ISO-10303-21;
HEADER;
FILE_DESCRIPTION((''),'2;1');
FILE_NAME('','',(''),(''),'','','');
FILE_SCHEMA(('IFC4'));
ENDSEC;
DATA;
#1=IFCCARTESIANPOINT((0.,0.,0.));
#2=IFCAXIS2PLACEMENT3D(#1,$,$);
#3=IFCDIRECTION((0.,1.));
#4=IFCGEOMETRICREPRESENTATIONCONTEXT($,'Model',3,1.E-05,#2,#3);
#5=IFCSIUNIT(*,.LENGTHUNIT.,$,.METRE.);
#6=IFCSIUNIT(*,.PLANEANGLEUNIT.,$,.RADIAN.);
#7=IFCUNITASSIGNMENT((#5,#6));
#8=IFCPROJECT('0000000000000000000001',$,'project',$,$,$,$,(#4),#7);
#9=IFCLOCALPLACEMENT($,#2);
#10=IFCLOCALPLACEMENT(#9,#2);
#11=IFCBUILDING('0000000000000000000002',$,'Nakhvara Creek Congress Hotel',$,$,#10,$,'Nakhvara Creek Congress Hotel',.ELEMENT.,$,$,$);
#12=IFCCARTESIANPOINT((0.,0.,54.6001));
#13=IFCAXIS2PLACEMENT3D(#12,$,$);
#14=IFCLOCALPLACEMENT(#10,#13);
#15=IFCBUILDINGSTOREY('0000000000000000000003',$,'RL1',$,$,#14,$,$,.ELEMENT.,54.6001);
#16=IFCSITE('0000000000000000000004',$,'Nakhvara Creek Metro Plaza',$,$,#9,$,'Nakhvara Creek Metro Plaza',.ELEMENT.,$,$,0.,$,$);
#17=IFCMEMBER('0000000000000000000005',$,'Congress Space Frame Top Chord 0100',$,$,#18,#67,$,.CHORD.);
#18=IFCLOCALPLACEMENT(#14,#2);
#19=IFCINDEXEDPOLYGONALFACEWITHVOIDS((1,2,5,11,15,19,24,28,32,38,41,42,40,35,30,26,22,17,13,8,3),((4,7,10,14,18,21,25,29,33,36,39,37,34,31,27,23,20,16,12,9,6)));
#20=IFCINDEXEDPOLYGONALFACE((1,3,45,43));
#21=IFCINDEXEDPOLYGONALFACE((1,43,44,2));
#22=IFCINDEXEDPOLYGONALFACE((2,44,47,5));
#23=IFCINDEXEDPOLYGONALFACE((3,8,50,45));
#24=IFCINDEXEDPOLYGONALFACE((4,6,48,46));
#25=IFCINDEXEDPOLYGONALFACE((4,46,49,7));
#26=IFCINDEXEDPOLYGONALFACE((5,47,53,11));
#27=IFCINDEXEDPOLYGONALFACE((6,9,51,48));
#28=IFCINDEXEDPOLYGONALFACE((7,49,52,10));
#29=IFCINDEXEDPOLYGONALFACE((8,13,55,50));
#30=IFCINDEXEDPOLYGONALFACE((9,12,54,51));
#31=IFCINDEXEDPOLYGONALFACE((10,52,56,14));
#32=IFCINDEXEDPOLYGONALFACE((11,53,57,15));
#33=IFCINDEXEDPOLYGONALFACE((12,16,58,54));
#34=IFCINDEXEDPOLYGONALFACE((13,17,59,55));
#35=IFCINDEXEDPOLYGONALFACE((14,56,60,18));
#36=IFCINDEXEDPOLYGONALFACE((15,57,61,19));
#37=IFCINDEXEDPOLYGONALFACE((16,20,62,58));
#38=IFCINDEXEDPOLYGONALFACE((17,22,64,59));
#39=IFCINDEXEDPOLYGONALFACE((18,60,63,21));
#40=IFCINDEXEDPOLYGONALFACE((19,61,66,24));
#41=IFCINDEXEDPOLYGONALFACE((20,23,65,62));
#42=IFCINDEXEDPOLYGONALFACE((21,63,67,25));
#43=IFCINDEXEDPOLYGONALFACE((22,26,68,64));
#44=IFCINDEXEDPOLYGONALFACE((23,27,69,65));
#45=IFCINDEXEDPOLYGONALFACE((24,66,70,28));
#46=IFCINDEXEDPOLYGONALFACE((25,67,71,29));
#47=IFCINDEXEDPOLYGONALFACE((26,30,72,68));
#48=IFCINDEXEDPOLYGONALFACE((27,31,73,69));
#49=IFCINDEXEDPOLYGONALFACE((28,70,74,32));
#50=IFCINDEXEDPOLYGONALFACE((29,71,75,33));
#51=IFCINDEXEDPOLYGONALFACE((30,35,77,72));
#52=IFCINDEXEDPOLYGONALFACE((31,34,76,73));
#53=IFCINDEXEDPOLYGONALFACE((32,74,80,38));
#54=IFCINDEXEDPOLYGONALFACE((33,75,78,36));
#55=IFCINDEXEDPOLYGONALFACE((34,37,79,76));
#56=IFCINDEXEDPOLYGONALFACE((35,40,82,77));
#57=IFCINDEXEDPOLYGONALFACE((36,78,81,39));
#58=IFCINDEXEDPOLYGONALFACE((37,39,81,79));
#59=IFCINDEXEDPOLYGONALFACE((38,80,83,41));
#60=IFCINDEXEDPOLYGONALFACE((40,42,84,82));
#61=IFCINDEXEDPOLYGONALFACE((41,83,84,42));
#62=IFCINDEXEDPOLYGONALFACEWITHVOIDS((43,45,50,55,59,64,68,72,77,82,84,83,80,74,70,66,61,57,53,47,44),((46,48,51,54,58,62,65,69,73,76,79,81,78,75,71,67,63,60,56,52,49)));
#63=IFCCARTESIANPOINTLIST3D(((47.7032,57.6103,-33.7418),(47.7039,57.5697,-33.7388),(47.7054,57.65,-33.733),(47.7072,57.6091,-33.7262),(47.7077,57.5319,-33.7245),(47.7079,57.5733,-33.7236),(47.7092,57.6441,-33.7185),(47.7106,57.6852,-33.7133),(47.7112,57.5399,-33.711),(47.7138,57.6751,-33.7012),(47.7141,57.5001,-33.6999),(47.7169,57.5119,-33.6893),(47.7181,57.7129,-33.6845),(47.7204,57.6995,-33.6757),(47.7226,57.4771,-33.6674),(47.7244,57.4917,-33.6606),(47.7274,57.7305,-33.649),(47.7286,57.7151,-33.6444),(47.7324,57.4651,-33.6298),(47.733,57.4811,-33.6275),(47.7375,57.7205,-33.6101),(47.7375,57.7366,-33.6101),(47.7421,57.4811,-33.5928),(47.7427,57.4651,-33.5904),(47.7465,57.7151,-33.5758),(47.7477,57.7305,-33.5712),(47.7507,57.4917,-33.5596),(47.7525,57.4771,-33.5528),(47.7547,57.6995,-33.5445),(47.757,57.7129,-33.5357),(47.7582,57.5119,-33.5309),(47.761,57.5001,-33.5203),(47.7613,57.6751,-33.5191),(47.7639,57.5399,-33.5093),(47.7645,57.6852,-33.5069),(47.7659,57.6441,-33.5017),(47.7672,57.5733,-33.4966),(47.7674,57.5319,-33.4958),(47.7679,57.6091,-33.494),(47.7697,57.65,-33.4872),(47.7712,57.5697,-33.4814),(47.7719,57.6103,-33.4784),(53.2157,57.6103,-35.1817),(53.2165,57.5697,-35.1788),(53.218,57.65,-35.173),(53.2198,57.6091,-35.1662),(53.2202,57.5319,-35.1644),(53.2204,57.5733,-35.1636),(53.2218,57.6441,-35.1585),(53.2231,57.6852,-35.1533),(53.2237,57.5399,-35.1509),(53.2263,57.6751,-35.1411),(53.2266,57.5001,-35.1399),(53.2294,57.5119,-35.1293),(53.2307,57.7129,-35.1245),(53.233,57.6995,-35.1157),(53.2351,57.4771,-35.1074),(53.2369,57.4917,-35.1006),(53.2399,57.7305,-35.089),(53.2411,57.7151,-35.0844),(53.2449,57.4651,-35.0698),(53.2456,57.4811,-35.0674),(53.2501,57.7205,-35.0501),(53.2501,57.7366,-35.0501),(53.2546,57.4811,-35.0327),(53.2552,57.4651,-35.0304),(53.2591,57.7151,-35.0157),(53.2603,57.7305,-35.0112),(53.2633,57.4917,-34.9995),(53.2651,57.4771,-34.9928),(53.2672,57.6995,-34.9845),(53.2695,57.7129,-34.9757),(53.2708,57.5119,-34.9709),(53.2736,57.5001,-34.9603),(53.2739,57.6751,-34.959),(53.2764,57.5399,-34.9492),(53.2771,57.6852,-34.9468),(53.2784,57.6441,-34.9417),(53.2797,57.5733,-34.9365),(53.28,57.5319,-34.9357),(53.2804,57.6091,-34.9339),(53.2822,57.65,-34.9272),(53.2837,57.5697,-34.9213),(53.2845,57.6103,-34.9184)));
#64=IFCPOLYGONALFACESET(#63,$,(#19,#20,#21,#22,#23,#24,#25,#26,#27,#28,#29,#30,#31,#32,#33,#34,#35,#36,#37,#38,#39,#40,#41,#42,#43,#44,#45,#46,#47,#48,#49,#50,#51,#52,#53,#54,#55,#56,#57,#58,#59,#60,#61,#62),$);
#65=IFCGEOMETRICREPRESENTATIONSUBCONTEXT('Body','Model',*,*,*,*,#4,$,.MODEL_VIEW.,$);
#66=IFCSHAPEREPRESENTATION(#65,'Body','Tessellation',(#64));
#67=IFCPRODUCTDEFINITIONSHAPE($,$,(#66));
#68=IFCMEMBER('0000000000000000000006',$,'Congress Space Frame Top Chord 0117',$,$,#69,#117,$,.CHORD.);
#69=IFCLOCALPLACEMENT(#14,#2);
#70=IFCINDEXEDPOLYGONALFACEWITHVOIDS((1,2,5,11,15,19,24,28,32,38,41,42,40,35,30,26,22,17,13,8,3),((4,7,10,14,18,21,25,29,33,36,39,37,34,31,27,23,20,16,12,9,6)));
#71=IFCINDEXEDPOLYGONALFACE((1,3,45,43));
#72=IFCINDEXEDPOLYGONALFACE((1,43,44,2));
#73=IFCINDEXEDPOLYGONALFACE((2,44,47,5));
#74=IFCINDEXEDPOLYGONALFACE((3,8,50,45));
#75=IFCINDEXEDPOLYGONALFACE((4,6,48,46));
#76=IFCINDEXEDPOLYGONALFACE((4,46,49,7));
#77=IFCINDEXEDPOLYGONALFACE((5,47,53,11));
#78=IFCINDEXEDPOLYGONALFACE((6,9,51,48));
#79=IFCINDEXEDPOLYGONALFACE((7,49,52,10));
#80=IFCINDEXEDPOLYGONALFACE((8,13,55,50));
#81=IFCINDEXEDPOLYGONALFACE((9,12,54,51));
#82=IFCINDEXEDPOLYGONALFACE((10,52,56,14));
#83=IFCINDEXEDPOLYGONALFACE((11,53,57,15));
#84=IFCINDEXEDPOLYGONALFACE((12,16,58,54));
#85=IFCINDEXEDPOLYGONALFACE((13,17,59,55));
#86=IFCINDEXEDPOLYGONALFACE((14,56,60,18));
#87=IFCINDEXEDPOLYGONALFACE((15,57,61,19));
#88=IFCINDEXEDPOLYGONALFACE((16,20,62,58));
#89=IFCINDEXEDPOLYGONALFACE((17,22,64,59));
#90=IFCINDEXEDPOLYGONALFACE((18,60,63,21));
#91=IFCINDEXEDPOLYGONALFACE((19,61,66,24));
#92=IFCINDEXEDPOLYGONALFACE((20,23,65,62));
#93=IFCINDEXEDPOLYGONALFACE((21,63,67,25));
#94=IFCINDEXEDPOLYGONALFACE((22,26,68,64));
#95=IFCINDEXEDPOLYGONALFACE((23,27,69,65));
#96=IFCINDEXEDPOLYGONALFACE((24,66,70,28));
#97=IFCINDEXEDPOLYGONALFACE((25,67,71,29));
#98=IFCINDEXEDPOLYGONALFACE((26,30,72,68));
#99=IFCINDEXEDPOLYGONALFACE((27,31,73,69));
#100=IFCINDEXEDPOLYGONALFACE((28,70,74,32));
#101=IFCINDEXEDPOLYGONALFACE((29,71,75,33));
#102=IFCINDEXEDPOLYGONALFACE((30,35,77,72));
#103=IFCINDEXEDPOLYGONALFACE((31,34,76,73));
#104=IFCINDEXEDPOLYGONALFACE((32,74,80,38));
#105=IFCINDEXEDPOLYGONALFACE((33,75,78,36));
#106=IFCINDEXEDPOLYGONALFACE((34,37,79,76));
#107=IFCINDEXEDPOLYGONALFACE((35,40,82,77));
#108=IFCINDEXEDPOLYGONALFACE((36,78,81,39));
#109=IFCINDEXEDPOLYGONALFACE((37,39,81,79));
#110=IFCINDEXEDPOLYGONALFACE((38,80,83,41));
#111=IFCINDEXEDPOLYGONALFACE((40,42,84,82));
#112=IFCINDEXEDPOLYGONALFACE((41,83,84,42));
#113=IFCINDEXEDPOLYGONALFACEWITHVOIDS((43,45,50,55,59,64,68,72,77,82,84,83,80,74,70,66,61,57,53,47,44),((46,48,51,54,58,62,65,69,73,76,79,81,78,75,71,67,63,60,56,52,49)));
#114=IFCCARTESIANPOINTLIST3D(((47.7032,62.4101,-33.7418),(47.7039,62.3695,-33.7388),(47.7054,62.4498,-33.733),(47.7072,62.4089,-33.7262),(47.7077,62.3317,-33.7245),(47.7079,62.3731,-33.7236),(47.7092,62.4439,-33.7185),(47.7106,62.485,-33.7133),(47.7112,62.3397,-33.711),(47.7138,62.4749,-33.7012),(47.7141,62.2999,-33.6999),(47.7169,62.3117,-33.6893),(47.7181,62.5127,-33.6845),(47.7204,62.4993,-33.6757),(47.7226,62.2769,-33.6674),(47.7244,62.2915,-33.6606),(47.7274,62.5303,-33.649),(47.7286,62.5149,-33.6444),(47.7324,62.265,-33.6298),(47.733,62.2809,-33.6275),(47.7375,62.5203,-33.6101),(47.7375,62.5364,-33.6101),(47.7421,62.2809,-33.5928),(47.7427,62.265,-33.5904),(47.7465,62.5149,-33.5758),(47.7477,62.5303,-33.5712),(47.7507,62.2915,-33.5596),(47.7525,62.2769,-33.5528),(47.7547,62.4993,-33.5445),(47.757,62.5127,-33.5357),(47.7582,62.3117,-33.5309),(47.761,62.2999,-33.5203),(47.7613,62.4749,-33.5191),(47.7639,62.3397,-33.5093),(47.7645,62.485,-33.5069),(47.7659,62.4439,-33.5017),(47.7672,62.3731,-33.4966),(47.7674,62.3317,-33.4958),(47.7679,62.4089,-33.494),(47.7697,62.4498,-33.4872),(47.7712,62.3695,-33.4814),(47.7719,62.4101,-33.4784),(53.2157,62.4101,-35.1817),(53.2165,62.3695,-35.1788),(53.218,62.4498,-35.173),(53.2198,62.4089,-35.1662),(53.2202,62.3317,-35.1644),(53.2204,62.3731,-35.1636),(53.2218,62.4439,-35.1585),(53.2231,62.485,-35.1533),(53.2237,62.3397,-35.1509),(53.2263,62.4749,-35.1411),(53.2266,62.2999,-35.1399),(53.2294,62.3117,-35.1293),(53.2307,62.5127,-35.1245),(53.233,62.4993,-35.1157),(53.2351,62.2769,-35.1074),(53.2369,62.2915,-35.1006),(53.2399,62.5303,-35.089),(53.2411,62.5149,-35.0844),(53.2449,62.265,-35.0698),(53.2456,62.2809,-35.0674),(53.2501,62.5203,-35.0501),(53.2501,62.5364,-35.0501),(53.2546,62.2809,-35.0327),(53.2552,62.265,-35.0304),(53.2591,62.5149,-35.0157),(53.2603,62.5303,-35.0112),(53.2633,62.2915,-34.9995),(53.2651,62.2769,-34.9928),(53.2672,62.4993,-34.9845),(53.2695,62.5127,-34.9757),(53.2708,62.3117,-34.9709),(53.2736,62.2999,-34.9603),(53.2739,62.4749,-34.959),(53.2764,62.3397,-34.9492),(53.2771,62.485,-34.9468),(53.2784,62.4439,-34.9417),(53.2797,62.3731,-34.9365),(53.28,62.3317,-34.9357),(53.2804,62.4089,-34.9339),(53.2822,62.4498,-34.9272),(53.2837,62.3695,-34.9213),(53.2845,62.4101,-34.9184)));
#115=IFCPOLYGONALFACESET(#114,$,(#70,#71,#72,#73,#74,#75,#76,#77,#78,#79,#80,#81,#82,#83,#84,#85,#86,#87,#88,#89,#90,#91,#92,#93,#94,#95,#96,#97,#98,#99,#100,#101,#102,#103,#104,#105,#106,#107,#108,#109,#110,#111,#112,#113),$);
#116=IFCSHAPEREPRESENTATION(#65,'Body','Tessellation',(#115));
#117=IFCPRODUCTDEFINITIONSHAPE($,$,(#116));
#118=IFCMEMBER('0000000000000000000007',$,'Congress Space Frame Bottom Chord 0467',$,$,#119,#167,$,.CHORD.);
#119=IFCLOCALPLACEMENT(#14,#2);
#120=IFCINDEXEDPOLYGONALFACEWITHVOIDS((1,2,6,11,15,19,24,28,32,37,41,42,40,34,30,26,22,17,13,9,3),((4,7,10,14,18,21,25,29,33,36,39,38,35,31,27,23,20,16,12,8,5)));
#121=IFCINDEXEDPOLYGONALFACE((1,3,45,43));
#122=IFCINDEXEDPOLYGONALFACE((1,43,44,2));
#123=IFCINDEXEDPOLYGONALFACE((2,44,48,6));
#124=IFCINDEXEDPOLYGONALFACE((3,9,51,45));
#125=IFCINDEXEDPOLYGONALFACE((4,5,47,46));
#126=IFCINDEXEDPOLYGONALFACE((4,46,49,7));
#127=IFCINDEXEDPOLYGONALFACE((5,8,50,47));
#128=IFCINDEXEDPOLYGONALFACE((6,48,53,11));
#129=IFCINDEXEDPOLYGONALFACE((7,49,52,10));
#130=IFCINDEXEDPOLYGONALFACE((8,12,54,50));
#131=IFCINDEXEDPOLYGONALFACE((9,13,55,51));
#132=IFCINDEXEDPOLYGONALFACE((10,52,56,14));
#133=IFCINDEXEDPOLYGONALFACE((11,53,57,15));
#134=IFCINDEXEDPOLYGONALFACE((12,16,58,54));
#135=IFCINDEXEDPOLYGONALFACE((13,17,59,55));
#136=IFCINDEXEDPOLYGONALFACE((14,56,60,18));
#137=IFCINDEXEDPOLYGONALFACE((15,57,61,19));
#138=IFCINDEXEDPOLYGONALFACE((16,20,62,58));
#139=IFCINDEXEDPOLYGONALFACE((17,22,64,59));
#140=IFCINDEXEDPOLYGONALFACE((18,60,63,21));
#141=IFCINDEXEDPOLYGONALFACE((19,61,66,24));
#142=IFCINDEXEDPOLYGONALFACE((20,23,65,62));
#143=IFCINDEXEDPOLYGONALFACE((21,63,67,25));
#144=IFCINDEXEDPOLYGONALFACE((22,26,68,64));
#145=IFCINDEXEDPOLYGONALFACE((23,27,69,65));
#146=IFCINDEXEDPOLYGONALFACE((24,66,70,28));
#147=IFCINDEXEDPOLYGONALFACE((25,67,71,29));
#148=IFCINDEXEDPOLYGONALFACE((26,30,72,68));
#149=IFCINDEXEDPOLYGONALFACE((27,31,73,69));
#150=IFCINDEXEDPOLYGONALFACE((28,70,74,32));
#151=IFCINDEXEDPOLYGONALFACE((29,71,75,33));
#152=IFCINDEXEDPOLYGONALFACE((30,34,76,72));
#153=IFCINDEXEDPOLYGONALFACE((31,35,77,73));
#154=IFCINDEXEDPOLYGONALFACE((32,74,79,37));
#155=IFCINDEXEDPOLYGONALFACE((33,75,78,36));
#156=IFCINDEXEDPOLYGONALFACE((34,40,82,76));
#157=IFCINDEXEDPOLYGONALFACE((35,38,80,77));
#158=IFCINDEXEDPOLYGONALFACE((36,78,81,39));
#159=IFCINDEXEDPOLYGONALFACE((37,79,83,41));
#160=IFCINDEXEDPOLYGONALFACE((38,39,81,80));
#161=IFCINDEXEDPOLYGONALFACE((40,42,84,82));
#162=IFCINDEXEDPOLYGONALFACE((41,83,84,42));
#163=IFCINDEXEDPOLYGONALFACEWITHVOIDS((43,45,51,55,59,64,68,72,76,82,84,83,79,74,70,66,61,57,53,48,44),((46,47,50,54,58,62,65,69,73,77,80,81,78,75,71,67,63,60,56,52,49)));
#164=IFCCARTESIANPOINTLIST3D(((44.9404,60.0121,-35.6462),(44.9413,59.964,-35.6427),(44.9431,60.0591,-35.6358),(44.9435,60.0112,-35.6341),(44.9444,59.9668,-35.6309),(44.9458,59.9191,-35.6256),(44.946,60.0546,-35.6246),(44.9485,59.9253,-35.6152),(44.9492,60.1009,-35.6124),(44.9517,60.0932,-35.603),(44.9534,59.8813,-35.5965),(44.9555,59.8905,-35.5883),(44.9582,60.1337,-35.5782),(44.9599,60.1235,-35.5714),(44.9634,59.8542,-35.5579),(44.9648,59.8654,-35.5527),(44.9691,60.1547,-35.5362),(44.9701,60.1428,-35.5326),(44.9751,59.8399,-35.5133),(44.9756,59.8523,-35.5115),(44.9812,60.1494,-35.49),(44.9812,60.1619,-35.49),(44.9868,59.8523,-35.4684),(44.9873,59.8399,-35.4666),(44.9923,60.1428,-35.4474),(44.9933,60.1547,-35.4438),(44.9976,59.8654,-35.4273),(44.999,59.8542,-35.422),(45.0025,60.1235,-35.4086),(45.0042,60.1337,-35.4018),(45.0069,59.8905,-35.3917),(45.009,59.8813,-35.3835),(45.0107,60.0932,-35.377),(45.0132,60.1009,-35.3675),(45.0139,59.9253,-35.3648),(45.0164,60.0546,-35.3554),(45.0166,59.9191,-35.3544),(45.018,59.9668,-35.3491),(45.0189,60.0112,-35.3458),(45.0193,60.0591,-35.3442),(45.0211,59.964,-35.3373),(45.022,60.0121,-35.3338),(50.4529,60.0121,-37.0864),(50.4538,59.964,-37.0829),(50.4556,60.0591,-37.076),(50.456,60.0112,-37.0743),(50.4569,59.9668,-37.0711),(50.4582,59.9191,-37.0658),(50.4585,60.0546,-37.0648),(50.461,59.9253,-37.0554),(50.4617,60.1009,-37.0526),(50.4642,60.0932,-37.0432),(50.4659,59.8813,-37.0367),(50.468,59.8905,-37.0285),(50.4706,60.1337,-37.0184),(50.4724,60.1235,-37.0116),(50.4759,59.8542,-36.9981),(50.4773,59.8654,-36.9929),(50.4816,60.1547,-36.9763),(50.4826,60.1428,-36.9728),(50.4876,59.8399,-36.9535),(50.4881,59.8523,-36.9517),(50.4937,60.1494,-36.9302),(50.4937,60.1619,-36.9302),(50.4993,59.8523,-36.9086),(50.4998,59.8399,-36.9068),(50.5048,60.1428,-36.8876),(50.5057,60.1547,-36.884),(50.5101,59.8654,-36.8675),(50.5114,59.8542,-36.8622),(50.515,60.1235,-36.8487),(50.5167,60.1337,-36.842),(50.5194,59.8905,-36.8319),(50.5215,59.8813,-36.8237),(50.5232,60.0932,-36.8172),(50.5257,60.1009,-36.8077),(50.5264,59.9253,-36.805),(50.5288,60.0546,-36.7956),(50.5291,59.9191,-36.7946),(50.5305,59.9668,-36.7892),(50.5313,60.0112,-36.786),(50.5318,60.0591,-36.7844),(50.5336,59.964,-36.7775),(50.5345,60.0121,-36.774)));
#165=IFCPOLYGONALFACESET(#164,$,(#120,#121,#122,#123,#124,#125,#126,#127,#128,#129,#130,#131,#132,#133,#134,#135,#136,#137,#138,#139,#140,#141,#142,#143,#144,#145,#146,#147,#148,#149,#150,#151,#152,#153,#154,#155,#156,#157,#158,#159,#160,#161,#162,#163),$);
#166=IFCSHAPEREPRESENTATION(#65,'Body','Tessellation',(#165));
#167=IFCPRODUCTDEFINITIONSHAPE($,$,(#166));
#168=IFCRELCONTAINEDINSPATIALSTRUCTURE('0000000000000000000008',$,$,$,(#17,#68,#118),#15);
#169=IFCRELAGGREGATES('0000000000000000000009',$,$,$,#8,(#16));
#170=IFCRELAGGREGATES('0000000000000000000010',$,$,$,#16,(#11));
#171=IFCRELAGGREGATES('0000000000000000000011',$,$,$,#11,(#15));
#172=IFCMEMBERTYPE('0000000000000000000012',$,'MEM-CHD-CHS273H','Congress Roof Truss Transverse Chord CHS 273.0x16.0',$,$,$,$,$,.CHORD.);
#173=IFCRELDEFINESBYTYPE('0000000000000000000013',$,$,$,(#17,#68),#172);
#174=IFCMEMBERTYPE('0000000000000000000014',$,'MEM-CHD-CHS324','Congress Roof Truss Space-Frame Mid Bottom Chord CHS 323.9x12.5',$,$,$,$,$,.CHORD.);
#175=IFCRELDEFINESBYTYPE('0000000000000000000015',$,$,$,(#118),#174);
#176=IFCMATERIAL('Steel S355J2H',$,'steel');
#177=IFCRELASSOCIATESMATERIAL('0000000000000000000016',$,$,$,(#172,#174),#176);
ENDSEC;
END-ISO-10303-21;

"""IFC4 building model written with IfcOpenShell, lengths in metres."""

from ifc_helpers import new_model, si_unit, direction, frame, origin, origin_2d, place, context, subcontext, project, spatial, hollow_circle, extrude, material, material_profile, profile_set, type_object, element, save


model = new_model("IFC4")

# Units and contexts
model_context = context("Model", 3, precision=1e-05, world=origin(), true_north=direction((0.0, 1.0)))
body_context = subcontext(model_context, "Body", "Model", "MODEL_VIEW")
ifc_project = project(units=[si_unit("LENGTHUNIT", "METRE"), si_unit("PLANEANGLEUNIT", "RADIAN")], contexts=[model_context])

# Site, building, storey
site_placement = place(None, origin())
site = spatial("IfcSite", under=ifc_project, at=site_placement, Name="Nakhvara Creek Metro Plaza", LongName="Nakhvara Creek Metro Plaza", CompositionType="ELEMENT", RefElevation=0.0)
building_placement = place(site_placement, origin())
building = spatial("IfcBuilding", under=site, at=building_placement, Name="Nakhvara Creek Congress Hotel", LongName="Nakhvara Creek Congress Hotel", CompositionType="ELEMENT")
storey_placement = place(building_placement, frame((0.0, 0.0, 54.6001)))
storey = spatial("IfcBuildingStorey", under=building, at=storey_placement, Name="RL1", CompositionType="ELEMENT", Elevation=54.6001)

# Members
ifc_material_1 = material(Name="Steel S355J2H", Category="steel")
ifc_material_profile_1 = material_profile(ifc_material_1, hollow_circle(Radius=0.1365, WallThickness=0.0161, at=origin_2d()), Name="CHS 273.0x16.0", Category="LoadBearing")
ifc_profile_set_1 = profile_set([ifc_material_profile_1], Name="Steel S355J2H")
member_type_1 = type_object("IfcMemberType", Name="MEM-CHD-CHS273H", Description="Congress Roof Truss Transverse Chord CHS 273.0x16.0", PredefinedType="CHORD", material=ifc_profile_set_1)
for number, where, z_axis, x_axis, name in (
    (1, (47.7375, 57.6001, -33.6101), (0.967535, 0.0, -0.252736), (0.0, 1.0, 0.0), "Congress Space Frame Top Chord 0100"),
    (2, (47.7375, 62.3999, -33.6101), (0.967535, 0.0, -0.252736), (0.0, 1.0, 0.0), "Congress Space Frame Top Chord 0117"),
):
    element("IfcMember", number, at=place(storey_placement, frame(where, z_axis=z_axis, x_axis=x_axis)), inside=storey, type_object=member_type_1, Name=name, PredefinedType="CHORD", context=body_context, shape_type="SweptSolid", body=[
        extrude(hollow_circle(Radius=0.1365, WallThickness=0.0161, at=origin_2d()), origin(), (0.0, 0.0, 1.0), 5.6975),
    ])
ifc_material_profile_2 = material_profile(ifc_material_1, hollow_circle(Radius=0.1619, WallThickness=0.0125, at=origin_2d()), Name="CHS 323.9x12.5", Category="LoadBearing")
ifc_profile_set_2 = profile_set([ifc_material_profile_2], Name="Steel S355J2H")
member_type_2 = type_object("IfcMemberType", Name="MEM-CHD-CHS324", Description="Congress Roof Truss Space-Frame Mid Bottom Chord CHS 323.9x12.5", PredefinedType="CHORD", material=ifc_profile_set_2)
for number, where, z_axis, x_axis, name in (
    (3, (44.9812, 60.0, -35.49), (0.967525, 0.0, -0.252776), (0.0, 1.0, 0.0), "Congress Space Frame Bottom Chord 0467"),
):
    element("IfcMember", number, at=place(storey_placement, frame(where, z_axis=z_axis, x_axis=x_axis)), inside=storey, type_object=member_type_2, Name=name, PredefinedType="CHORD", context=body_context, shape_type="SweptSolid", body=[
        extrude(hollow_circle(Radius=0.1619, WallThickness=0.0125, at=origin_2d()), origin(), (0.0, 0.0, 1.0), 5.6975),
    ])

save(model, "model.ifc")
